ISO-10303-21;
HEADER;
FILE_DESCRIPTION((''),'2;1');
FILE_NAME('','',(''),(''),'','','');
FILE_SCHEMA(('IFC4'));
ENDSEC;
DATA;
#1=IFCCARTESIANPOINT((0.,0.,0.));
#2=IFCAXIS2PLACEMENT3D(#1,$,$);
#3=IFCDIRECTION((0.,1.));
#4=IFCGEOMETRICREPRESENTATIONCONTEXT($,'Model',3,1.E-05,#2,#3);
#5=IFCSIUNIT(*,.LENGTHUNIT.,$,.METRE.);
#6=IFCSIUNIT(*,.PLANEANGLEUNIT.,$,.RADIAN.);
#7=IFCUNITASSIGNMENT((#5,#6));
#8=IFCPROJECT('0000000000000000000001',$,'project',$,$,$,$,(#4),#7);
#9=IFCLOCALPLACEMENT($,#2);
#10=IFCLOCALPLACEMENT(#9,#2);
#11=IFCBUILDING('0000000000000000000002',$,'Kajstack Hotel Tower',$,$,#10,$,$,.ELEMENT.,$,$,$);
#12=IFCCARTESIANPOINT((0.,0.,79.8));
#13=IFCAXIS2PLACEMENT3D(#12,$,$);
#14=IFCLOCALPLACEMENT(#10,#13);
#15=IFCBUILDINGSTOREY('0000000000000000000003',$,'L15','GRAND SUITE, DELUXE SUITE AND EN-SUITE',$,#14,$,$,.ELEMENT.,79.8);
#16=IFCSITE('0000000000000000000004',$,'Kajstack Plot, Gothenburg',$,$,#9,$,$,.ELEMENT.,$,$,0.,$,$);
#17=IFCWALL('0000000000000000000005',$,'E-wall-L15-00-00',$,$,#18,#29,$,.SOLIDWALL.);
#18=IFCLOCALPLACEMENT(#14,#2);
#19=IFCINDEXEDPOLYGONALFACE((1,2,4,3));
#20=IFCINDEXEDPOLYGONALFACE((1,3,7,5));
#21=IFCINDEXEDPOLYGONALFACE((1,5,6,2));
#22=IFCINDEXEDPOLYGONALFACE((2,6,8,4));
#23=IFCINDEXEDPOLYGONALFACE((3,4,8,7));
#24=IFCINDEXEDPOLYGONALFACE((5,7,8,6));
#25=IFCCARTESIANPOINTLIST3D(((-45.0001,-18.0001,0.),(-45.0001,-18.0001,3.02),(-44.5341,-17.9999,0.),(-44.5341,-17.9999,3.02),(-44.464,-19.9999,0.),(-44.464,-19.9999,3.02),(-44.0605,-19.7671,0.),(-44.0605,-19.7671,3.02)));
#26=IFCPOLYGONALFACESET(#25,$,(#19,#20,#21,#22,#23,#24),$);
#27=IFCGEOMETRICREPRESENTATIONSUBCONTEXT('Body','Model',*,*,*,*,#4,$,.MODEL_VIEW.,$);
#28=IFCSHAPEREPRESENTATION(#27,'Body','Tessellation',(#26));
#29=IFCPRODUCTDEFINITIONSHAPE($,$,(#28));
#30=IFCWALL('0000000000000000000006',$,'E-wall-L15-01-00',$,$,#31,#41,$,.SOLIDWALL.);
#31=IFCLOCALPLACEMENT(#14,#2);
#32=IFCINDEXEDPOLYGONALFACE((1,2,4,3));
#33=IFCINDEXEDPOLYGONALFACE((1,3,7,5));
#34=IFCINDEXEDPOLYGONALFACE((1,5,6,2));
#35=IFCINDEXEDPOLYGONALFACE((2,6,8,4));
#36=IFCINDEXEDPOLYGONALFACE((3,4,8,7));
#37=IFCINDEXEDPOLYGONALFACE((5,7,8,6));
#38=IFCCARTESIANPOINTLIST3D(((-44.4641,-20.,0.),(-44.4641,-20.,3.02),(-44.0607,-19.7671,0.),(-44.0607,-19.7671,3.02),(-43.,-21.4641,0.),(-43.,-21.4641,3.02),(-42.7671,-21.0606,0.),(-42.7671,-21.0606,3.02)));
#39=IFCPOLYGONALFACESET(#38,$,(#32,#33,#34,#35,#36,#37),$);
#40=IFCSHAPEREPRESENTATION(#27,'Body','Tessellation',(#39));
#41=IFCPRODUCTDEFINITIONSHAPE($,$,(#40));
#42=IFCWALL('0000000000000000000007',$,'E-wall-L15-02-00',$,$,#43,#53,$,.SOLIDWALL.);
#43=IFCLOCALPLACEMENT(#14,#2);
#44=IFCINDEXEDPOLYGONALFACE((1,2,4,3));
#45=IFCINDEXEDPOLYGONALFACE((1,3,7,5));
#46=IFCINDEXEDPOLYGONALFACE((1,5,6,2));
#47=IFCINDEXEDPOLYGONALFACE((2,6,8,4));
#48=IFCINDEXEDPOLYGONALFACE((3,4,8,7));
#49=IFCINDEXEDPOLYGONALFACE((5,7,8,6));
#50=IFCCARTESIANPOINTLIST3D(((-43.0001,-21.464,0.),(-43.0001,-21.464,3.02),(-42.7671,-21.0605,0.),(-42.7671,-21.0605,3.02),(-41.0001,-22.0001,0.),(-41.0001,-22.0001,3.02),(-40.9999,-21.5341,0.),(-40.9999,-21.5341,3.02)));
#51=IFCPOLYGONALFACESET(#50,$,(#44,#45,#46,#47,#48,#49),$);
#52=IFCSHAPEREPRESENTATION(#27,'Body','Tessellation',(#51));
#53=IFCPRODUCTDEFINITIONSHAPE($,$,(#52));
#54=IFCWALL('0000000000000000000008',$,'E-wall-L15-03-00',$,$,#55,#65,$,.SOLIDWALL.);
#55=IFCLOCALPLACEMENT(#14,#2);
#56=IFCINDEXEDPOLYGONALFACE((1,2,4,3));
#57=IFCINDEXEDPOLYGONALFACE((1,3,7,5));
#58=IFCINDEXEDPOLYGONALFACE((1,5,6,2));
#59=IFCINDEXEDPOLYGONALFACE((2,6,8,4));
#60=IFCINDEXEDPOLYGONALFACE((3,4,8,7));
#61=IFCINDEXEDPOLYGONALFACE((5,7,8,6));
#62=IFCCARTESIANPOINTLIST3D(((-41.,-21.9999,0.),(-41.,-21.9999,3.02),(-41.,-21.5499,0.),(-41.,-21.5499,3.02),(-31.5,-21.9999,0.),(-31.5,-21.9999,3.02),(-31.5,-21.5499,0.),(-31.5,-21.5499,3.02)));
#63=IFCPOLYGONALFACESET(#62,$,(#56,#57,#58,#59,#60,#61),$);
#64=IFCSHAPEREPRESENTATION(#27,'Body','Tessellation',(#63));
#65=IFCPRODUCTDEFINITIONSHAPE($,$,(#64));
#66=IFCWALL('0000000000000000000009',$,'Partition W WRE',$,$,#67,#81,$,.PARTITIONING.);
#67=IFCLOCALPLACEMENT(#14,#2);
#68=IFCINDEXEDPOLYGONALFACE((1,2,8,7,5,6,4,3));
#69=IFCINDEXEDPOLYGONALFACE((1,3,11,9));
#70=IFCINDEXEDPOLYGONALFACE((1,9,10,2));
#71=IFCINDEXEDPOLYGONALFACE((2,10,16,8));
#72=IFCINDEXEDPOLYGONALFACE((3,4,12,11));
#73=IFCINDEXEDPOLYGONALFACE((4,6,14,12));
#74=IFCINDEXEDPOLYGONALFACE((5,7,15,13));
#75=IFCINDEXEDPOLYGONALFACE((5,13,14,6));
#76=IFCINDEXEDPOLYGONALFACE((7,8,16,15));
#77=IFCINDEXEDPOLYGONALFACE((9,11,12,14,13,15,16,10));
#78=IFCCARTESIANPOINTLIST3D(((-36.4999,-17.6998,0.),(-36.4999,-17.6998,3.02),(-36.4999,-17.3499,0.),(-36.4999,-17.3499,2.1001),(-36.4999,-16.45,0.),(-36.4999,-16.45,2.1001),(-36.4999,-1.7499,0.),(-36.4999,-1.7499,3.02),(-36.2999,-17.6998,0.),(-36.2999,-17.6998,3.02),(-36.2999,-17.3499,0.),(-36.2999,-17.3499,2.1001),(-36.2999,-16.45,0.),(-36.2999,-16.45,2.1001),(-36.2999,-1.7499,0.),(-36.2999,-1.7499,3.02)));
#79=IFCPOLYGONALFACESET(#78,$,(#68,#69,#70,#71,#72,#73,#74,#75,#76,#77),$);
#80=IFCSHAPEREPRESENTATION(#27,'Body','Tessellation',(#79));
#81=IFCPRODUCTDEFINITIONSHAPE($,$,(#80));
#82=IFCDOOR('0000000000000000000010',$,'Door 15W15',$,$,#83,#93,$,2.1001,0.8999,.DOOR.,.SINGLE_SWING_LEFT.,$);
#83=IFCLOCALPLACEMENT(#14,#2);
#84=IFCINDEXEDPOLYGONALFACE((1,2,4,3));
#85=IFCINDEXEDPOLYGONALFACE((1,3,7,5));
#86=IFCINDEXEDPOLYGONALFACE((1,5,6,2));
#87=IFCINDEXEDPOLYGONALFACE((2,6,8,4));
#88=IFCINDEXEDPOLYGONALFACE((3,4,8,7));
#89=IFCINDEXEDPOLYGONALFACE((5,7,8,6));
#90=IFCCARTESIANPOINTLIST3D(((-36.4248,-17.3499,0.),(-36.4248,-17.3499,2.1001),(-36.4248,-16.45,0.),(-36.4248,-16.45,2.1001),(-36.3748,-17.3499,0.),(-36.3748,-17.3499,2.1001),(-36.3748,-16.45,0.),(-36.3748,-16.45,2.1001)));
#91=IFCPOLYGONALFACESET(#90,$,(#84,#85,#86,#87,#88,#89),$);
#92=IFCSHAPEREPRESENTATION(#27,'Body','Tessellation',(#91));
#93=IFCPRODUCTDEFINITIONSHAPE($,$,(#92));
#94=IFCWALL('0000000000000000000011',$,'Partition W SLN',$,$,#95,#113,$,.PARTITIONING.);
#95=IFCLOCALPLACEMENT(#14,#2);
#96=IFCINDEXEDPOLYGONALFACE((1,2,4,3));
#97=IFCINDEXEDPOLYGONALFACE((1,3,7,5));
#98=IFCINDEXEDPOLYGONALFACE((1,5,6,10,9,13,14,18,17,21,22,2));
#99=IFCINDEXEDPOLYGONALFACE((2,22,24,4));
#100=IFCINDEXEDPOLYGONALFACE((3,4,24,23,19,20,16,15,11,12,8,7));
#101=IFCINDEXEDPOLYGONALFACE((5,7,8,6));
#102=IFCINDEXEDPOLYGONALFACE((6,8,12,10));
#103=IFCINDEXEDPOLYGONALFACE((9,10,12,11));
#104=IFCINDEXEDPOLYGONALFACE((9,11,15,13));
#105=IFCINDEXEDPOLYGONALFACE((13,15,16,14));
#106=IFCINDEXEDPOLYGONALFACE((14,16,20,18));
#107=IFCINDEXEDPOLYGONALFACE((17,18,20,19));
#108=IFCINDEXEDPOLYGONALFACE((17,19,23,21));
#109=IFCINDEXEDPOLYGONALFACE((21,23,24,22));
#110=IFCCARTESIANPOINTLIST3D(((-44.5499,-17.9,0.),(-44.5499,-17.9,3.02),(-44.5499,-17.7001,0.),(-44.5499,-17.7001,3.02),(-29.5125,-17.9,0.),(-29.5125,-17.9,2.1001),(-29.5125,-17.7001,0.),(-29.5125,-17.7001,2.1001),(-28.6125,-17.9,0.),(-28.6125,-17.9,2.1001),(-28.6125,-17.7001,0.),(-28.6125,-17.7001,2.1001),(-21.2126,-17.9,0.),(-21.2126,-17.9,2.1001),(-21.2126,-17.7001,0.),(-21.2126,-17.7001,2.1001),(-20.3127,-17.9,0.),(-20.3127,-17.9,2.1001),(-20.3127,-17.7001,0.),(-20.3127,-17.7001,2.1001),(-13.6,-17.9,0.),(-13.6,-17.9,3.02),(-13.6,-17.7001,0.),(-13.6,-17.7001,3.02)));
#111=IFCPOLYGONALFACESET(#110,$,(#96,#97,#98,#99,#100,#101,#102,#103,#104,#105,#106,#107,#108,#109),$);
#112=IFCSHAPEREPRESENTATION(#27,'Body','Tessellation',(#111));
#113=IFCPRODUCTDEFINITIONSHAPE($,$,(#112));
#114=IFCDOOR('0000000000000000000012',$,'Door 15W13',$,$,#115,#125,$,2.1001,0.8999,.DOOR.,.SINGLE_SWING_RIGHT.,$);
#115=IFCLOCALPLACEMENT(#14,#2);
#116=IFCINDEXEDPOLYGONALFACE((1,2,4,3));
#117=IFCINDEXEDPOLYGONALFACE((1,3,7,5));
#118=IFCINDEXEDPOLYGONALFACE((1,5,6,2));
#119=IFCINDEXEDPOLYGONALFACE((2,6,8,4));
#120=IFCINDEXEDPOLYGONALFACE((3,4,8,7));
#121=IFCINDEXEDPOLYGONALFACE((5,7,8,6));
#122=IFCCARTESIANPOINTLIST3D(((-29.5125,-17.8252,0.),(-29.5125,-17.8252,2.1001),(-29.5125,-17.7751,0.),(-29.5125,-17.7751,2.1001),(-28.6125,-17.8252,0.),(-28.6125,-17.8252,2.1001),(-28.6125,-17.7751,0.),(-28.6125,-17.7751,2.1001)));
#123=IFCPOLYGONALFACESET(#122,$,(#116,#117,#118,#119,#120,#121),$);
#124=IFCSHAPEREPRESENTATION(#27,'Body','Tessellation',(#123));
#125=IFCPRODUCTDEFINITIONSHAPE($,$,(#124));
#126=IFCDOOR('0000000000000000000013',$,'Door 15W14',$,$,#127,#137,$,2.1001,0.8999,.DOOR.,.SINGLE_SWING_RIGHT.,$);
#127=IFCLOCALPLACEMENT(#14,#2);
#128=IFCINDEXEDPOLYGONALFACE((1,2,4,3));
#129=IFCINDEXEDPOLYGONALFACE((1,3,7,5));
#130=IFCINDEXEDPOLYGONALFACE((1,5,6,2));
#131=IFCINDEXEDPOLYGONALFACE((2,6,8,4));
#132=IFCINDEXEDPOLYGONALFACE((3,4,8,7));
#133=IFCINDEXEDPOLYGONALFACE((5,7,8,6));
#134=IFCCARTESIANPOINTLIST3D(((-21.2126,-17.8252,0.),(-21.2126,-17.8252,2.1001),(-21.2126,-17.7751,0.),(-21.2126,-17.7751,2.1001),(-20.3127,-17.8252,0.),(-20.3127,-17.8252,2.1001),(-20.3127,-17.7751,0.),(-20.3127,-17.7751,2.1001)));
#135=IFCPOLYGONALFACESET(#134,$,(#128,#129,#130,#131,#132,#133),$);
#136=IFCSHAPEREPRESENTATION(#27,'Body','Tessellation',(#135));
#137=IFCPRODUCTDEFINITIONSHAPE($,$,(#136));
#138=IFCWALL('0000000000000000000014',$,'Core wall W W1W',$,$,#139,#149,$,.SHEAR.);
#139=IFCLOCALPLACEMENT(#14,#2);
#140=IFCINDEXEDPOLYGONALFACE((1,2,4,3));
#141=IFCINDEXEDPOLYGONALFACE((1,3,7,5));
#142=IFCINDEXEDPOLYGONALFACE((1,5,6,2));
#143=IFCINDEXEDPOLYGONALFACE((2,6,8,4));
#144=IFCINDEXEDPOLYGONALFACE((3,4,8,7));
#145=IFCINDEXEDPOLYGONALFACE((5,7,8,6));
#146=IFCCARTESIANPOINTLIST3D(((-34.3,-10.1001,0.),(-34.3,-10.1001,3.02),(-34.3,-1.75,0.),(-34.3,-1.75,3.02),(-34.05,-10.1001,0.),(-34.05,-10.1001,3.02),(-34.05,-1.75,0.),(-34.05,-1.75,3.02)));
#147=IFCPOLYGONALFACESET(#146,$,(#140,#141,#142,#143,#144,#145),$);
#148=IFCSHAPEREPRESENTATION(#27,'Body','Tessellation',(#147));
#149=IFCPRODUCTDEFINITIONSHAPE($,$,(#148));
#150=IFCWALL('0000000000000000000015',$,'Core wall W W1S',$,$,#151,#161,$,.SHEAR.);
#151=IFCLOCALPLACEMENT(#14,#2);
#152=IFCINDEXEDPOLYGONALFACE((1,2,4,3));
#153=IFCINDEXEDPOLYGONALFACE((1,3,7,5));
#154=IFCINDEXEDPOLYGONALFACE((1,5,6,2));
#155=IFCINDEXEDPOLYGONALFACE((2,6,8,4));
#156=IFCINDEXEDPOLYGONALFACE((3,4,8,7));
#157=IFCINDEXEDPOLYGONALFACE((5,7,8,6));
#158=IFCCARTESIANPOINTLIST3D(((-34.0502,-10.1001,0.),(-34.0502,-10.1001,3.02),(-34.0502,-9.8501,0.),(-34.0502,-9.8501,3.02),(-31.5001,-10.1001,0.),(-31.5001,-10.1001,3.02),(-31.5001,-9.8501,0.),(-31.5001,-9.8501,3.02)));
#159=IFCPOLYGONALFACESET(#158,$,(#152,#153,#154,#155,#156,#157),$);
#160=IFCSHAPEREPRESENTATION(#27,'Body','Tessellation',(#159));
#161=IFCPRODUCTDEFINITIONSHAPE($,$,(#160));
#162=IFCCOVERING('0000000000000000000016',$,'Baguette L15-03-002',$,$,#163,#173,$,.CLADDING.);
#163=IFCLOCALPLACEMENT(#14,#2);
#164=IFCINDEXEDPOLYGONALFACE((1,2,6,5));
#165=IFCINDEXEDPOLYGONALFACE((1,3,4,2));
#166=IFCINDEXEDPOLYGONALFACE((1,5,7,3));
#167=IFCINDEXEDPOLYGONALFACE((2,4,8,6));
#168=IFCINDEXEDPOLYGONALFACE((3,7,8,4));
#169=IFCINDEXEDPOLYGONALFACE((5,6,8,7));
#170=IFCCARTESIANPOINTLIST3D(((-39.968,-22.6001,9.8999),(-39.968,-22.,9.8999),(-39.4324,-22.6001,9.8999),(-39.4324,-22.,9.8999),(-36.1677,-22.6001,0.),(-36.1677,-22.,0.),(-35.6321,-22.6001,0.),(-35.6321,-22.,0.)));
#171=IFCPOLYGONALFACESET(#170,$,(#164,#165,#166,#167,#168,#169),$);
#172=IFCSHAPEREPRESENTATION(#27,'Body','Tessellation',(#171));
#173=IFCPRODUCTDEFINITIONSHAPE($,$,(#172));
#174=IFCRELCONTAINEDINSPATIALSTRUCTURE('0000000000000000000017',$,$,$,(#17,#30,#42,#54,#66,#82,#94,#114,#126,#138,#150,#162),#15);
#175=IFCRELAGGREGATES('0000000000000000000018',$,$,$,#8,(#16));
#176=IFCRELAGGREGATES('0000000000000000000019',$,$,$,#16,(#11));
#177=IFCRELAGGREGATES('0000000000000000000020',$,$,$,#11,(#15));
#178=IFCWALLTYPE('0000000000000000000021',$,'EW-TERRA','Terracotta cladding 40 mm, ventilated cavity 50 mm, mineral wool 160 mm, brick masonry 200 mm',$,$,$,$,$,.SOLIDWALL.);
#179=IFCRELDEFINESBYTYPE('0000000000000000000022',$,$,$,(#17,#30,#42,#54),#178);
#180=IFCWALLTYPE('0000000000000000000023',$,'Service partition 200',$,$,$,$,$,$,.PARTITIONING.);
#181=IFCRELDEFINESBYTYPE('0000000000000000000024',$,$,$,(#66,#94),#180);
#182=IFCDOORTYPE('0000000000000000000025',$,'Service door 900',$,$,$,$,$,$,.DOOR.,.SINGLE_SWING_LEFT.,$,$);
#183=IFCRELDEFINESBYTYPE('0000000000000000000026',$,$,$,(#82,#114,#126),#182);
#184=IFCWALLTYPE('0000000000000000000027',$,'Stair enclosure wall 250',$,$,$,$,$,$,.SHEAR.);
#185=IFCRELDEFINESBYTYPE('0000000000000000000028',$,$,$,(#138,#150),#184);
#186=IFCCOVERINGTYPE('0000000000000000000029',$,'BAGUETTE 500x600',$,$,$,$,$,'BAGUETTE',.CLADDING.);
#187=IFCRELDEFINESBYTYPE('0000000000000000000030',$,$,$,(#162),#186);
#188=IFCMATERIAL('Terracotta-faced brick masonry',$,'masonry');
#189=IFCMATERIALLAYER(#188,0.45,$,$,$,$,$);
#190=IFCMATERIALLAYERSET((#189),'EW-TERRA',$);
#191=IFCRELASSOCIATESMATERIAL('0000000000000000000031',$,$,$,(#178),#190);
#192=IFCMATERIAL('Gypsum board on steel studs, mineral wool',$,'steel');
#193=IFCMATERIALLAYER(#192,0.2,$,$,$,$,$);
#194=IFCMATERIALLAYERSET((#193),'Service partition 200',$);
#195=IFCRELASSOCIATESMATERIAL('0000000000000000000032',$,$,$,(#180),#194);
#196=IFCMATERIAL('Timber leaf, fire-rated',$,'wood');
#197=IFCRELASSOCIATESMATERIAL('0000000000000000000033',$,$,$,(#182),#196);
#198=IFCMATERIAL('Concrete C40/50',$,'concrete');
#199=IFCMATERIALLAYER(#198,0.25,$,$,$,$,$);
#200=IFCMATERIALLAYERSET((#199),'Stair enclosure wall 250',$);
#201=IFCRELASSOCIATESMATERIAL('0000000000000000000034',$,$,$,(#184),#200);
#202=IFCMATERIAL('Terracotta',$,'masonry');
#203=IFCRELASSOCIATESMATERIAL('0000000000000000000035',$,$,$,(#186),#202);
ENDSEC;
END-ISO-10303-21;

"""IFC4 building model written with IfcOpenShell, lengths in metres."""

from ifc_helpers import new_model, si_unit, direction, frame, frame_2d, origin, origin_2d, place, context, subcontext, project, spatial, polyline, rectangle, outline, extrude, material, layer, layer_set, material_profile, profile_set, type_object, element, fill, save


model = new_model("IFC4")

# Units and contexts
model_context = context("Model", 3, precision=1e-05, world=origin(), true_north=direction((0.0, 1.0)))
body_context = subcontext(model_context, "Body", "Model", "MODEL_VIEW")
ifc_project = project(units=[si_unit("LENGTHUNIT", "METRE"), si_unit("PLANEANGLEUNIT", "RADIAN")], contexts=[model_context])

# Site, building, storey
site_placement = place(None, origin())
site = spatial("IfcSite", under=ifc_project, at=site_placement, Name="Kajstack Plot, Gothenburg", CompositionType="ELEMENT", RefElevation=0.0)
building_placement = place(site_placement, origin())
building = spatial("IfcBuilding", under=site, at=building_placement, Name="Kajstack Hotel Tower", CompositionType="ELEMENT")
storey_placement = place(building_placement, frame((0.0, 0.0, 79.8)))
storey = spatial("IfcBuildingStorey", under=building, at=storey_placement, Name="L15", Description="GRAND SUITE, DELUXE SUITE AND EN-SUITE", CompositionType="ELEMENT", Elevation=79.8)

# Walls
ifc_material_1 = material(Name="Terracotta-faced brick masonry", Category="masonry")
ifc_layer_1 = layer(ifc_material_1, 0.45)
ifc_layer_set_1 = layer_set([ifc_layer_1], Name="EW-TERRA")
wall_type_1 = type_object("IfcWallType", Name="EW-TERRA", Description="Terracotta cladding 40 mm, ventilated cavity 50 mm, mineral wool 160 mm, brick masonry 200 mm", PredefinedType="SOLIDWALL", material=ifc_layer_set_1)
wall_1_placement = place(storey_placement, frame((-44.7827, -17.9417, 0.0), z_axis=(0.0, 0.0, 1.0), x_axis=(0.258815, -0.965927, 0.0)))
element("IfcWall", 1, at=wall_1_placement, inside=storey, type_object=wall_type_1, Name="E-wall-L15-00-00", PredefinedType="SOLIDWALL", context=body_context, shape_type="SweptSolid", body=[
    extrude(outline(polyline([(0.0002, -0.2251), (2.0706, -0.2249), (1.9502, 0.2251), (0.1206, 0.2251), (0.0002, -0.2251)])), origin(), (0.0, 0.0, 1.0), 3.02),
])
wall_2_placement = place(storey_placement, frame((-44.3049, -19.8408, 0.0), z_axis=(0.0, 0.0, 1.0), x_axis=(0.707107, -0.707107, 0.0)))
element("IfcWall", 2, at=wall_2_placement, inside=storey, type_object=wall_type_1, Name="E-wall-L15-01-00", PredefinedType="SOLIDWALL", context=body_context, shape_type="SweptSolid", body=[
    extrude(outline(polyline([(0.0, -0.2251), (2.0706, -0.2251), (1.95, 0.2249), (0.1206, 0.2249), (0.0, -0.2251)])), origin(), (0.0, 0.0, 1.0), 3.02),
])
wall_3_placement = place(storey_placement, frame((-42.9417, -21.2468, 0.0), z_axis=(0.0, 0.0, 1.0), x_axis=(0.965927, -0.258815, 0.0)))
element("IfcWall", 3, at=wall_3_placement, inside=storey, type_object=wall_type_1, Name="E-wall-L15-02-00", PredefinedType="SOLIDWALL", context=body_context, shape_type="SweptSolid", body=[
    extrude(outline(polyline([(-0.0002, -0.2249), (2.0703, -0.2251), (1.95, 0.2251), (0.1204, 0.2251), (-0.0002, -0.2249)])), origin(), (0.0, 0.0, 1.0), 3.02),
])
wall_4_placement = place(storey_placement, frame((-41.0, -21.7749, 0.0), z_axis=(0.0, 0.0, 1.0), x_axis=(1.0, 0.0, 0.0)))
element("IfcWall", 4, at=wall_4_placement, inside=storey, type_object=wall_type_1, Name="E-wall-L15-03-00", PredefinedType="SOLIDWALL", context=body_context, shape_type="SweptSolid", body=[
    extrude(rectangle(XDim=9.5, YDim=0.45, at=frame_2d((4.75, 0.0))), origin(), (0.0, 0.0, 1.0), 3.02),
])

# Wall, opening, door
ifc_material_2 = material(Name="Gypsum board on steel studs, mineral wool", Category="steel")
ifc_layer_2 = layer(ifc_material_2, 0.2)
ifc_layer_set_2 = layer_set([ifc_layer_2], Name="Service partition 200")
wall_type_2 = type_object("IfcWallType", Name="Service partition 200", PredefinedType="PARTITIONING", material=ifc_layer_set_2)
wall_5_placement = place(storey_placement, frame((-36.3999, -17.7, 0.0), z_axis=(0.0, 0.0, 1.0), x_axis=(0.0, 1.0, 0.0)))
wall_5 = element("IfcWall", 5, at=wall_5_placement, inside=storey, type_object=wall_type_2, Name="Partition W WRE", PredefinedType="PARTITIONING", context=body_context, shape_type="SweptSolid", body=[
    extrude(rectangle(XDim=15.95, YDim=0.2, at=frame_2d((7.9751, 0.0))), origin(), (0.0, 0.0, 1.0), 3.02),
])
opening_1_placement = place(wall_5_placement, frame((0.3501, 0.0, 0.0)))
opening_1 = element("IfcOpeningElement", 6, at=opening_1_placement, cuts=wall_5, PredefinedType="OPENING", context=body_context, shape_type="SweptSolid", body=[
    extrude(rectangle(XDim=0.8999, YDim=2.1001, at=frame_2d((0.45, 1.05))), frame((0.0, 0.1099, 0.0), z_axis=(0.0, -1.0, 0.0), x_axis=(1.0, 0.0, 0.0)), (0.0, 0.0, 1.0), 0.22),
])
ifc_material_3 = material(Name="Timber leaf, fire-rated", Category="wood")
door_type = type_object("IfcDoorType", Name="Service door 900", OperationType="SINGLE_SWING_LEFT", PredefinedType="DOOR", material=ifc_material_3)
door_1_placement = place(opening_1_placement, origin())
door_1 = element("IfcDoor", 7, at=door_1_placement, inside=storey, type_object=door_type, Name="Door 15W15", OperationType="SINGLE_SWING_LEFT", OverallHeight=2.1001, OverallWidth=0.8999, PredefinedType="DOOR", context=body_context, shape_type="SweptSolid", body=[
    extrude(rectangle(XDim=0.8999, YDim=2.1001, at=frame_2d((0.45, 1.05))), frame((0.0, 0.0249, 0.0), z_axis=(0.0, -1.0, 0.0), x_axis=(1.0, 0.0, 0.0)), (0.0, 0.0, 1.0), 0.05),
])
fill(opening_1, door_1)

# Wall, openings, doors
wall_6_placement = place(storey_placement, frame((-44.55, -17.8, 0.0), z_axis=(0.0, 0.0, 1.0), x_axis=(1.0, 0.0, 0.0)))
wall_6 = element("IfcWall", 8, at=wall_6_placement, inside=storey, type_object=wall_type_2, Name="Partition W SLN", PredefinedType="PARTITIONING", context=body_context, shape_type="SweptSolid", body=[
    extrude(rectangle(XDim=30.95, YDim=0.2, at=frame_2d((15.4751, 0.0))), origin(), (0.0, 0.0, 1.0), 3.02),
])
opening_2_placement = place(wall_6_placement, frame((15.0376, 0.0, 0.0)))
opening_2 = element("IfcOpeningElement", 9, at=opening_2_placement, cuts=wall_6, PredefinedType="OPENING", context=body_context, shape_type="SweptSolid", body=[
    extrude(rectangle(XDim=0.8999, YDim=2.1001, at=frame_2d((0.45, 1.05))), frame((0.0, 0.1099, 0.0), z_axis=(0.0, -1.0, 0.0), x_axis=(1.0, 0.0, 0.0)), (0.0, 0.0, 1.0), 0.22),
])
opening_3_placement = place(wall_6_placement, frame((23.3374, 0.0, 0.0)))
opening_3 = element("IfcOpeningElement", 10, at=opening_3_placement, cuts=wall_6, PredefinedType="OPENING", context=body_context, shape_type="SweptSolid", body=[
    extrude(rectangle(XDim=0.8999, YDim=2.1001, at=frame_2d((0.45, 1.05))), frame((0.0, 0.1099, 0.0), z_axis=(0.0, -1.0, 0.0), x_axis=(1.0, 0.0, 0.0)), (0.0, 0.0, 1.0), 0.22),
])
door_2_placement = place(opening_2_placement, origin())
door_2 = element("IfcDoor", 11, at=door_2_placement, inside=storey, type_object=door_type, Name="Door 15W13", OperationType="SINGLE_SWING_RIGHT", OverallHeight=2.1001, OverallWidth=0.8999, PredefinedType="DOOR", context=body_context, shape_type="SweptSolid", body=[
    extrude(rectangle(XDim=0.8999, YDim=2.1001, at=frame_2d((0.45, 1.05))), frame((0.0, 0.0249, 0.0), z_axis=(0.0, -1.0, 0.0), x_axis=(1.0, 0.0, 0.0)), (0.0, 0.0, 1.0), 0.05),
])
fill(opening_2, door_2)
door_3_placement = place(opening_3_placement, origin())
door_3 = element("IfcDoor", 12, at=door_3_placement, inside=storey, type_object=door_type, Name="Door 15W14", OperationType="SINGLE_SWING_RIGHT", OverallHeight=2.1001, OverallWidth=0.8999, PredefinedType="DOOR", context=body_context, shape_type="SweptSolid", body=[
    extrude(rectangle(XDim=0.8999, YDim=2.1001, at=frame_2d((0.45, 1.05))), frame((0.0, 0.0249, 0.0), z_axis=(0.0, -1.0, 0.0), x_axis=(1.0, 0.0, 0.0)), (0.0, 0.0, 1.0), 0.05),
])
fill(opening_3, door_3)

# Walls
ifc_material_4 = material(Name="Concrete C40/50", Category="concrete")
ifc_layer_3 = layer(ifc_material_4, 0.25)
ifc_layer_set_3 = layer_set([ifc_layer_3], Name="Stair enclosure wall 250")
wall_type_3 = type_object("IfcWallType", Name="Stair enclosure wall 250", PredefinedType="SHEAR", material=ifc_layer_set_3)
wall_7_placement = place(storey_placement, frame((-34.175, -10.1001, 0.0), z_axis=(0.0, 0.0, 1.0), x_axis=(0.0, 1.0, 0.0)))
element("IfcWall", 13, at=wall_7_placement, inside=storey, type_object=wall_type_3, Name="Core wall W W1W", PredefinedType="SHEAR", context=body_context, shape_type="SweptSolid", body=[
    extrude(rectangle(XDim=8.3501, YDim=0.25, at=frame_2d((4.175, 0.0))), origin(), (0.0, 0.0, 1.0), 3.02),
])
wall_8_placement = place(storey_placement, frame((-34.05, -9.9751, 0.0), z_axis=(0.0, 0.0, 1.0), x_axis=(1.0, 0.0, 0.0)))
element("IfcWall", 14, at=wall_8_placement, inside=storey, type_object=wall_type_3, Name="Core wall W W1S", PredefinedType="SHEAR", context=body_context, shape_type="SweptSolid", body=[
    extrude(rectangle(XDim=2.55, YDim=0.25, at=frame_2d((1.2749, 0.0))), origin(), (0.0, 0.0, 1.0), 3.02),
])

# Covering
ifc_material_5 = material(Name="Terracotta", Category="masonry")
ifc_material_profile = material_profile(ifc_material_5, rectangle(XDim=0.6001, YDim=0.5, at=origin_2d()), Name="Terracotta-clad concrete baguette 500 x 600")
ifc_profile_set = profile_set([ifc_material_profile], Name="Terracotta")
covering_type = type_object("IfcCoveringType", Name="BAGUETTE 500x600", ElementType="BAGUETTE", PredefinedType="CLADDING", material=ifc_profile_set)
for number, where, z_axis, x_axis, name in (
    (15, (-39.968, -22.0, 0.0), (0.0, -1.0, 0.0), (1.0, 0.0, 0.0), "Baguette L15-03-002"),
):
    element("IfcCovering", number, at=place(storey_placement, frame(where, z_axis=z_axis, x_axis=x_axis)), inside=storey, type_object=covering_type, Name=name, PredefinedType="CLADDING", context=body_context, shape_type="SweptSolid", body=[
        extrude(outline(polyline([(0.0, 9.8999), (3.8003, 0.0), (4.3359, 0.0), (0.5356, 9.8999), (0.0, 9.8999)])), origin(), (0.0, 0.0, 1.0), 0.6001),
    ])

save(model, "model.ifc")
